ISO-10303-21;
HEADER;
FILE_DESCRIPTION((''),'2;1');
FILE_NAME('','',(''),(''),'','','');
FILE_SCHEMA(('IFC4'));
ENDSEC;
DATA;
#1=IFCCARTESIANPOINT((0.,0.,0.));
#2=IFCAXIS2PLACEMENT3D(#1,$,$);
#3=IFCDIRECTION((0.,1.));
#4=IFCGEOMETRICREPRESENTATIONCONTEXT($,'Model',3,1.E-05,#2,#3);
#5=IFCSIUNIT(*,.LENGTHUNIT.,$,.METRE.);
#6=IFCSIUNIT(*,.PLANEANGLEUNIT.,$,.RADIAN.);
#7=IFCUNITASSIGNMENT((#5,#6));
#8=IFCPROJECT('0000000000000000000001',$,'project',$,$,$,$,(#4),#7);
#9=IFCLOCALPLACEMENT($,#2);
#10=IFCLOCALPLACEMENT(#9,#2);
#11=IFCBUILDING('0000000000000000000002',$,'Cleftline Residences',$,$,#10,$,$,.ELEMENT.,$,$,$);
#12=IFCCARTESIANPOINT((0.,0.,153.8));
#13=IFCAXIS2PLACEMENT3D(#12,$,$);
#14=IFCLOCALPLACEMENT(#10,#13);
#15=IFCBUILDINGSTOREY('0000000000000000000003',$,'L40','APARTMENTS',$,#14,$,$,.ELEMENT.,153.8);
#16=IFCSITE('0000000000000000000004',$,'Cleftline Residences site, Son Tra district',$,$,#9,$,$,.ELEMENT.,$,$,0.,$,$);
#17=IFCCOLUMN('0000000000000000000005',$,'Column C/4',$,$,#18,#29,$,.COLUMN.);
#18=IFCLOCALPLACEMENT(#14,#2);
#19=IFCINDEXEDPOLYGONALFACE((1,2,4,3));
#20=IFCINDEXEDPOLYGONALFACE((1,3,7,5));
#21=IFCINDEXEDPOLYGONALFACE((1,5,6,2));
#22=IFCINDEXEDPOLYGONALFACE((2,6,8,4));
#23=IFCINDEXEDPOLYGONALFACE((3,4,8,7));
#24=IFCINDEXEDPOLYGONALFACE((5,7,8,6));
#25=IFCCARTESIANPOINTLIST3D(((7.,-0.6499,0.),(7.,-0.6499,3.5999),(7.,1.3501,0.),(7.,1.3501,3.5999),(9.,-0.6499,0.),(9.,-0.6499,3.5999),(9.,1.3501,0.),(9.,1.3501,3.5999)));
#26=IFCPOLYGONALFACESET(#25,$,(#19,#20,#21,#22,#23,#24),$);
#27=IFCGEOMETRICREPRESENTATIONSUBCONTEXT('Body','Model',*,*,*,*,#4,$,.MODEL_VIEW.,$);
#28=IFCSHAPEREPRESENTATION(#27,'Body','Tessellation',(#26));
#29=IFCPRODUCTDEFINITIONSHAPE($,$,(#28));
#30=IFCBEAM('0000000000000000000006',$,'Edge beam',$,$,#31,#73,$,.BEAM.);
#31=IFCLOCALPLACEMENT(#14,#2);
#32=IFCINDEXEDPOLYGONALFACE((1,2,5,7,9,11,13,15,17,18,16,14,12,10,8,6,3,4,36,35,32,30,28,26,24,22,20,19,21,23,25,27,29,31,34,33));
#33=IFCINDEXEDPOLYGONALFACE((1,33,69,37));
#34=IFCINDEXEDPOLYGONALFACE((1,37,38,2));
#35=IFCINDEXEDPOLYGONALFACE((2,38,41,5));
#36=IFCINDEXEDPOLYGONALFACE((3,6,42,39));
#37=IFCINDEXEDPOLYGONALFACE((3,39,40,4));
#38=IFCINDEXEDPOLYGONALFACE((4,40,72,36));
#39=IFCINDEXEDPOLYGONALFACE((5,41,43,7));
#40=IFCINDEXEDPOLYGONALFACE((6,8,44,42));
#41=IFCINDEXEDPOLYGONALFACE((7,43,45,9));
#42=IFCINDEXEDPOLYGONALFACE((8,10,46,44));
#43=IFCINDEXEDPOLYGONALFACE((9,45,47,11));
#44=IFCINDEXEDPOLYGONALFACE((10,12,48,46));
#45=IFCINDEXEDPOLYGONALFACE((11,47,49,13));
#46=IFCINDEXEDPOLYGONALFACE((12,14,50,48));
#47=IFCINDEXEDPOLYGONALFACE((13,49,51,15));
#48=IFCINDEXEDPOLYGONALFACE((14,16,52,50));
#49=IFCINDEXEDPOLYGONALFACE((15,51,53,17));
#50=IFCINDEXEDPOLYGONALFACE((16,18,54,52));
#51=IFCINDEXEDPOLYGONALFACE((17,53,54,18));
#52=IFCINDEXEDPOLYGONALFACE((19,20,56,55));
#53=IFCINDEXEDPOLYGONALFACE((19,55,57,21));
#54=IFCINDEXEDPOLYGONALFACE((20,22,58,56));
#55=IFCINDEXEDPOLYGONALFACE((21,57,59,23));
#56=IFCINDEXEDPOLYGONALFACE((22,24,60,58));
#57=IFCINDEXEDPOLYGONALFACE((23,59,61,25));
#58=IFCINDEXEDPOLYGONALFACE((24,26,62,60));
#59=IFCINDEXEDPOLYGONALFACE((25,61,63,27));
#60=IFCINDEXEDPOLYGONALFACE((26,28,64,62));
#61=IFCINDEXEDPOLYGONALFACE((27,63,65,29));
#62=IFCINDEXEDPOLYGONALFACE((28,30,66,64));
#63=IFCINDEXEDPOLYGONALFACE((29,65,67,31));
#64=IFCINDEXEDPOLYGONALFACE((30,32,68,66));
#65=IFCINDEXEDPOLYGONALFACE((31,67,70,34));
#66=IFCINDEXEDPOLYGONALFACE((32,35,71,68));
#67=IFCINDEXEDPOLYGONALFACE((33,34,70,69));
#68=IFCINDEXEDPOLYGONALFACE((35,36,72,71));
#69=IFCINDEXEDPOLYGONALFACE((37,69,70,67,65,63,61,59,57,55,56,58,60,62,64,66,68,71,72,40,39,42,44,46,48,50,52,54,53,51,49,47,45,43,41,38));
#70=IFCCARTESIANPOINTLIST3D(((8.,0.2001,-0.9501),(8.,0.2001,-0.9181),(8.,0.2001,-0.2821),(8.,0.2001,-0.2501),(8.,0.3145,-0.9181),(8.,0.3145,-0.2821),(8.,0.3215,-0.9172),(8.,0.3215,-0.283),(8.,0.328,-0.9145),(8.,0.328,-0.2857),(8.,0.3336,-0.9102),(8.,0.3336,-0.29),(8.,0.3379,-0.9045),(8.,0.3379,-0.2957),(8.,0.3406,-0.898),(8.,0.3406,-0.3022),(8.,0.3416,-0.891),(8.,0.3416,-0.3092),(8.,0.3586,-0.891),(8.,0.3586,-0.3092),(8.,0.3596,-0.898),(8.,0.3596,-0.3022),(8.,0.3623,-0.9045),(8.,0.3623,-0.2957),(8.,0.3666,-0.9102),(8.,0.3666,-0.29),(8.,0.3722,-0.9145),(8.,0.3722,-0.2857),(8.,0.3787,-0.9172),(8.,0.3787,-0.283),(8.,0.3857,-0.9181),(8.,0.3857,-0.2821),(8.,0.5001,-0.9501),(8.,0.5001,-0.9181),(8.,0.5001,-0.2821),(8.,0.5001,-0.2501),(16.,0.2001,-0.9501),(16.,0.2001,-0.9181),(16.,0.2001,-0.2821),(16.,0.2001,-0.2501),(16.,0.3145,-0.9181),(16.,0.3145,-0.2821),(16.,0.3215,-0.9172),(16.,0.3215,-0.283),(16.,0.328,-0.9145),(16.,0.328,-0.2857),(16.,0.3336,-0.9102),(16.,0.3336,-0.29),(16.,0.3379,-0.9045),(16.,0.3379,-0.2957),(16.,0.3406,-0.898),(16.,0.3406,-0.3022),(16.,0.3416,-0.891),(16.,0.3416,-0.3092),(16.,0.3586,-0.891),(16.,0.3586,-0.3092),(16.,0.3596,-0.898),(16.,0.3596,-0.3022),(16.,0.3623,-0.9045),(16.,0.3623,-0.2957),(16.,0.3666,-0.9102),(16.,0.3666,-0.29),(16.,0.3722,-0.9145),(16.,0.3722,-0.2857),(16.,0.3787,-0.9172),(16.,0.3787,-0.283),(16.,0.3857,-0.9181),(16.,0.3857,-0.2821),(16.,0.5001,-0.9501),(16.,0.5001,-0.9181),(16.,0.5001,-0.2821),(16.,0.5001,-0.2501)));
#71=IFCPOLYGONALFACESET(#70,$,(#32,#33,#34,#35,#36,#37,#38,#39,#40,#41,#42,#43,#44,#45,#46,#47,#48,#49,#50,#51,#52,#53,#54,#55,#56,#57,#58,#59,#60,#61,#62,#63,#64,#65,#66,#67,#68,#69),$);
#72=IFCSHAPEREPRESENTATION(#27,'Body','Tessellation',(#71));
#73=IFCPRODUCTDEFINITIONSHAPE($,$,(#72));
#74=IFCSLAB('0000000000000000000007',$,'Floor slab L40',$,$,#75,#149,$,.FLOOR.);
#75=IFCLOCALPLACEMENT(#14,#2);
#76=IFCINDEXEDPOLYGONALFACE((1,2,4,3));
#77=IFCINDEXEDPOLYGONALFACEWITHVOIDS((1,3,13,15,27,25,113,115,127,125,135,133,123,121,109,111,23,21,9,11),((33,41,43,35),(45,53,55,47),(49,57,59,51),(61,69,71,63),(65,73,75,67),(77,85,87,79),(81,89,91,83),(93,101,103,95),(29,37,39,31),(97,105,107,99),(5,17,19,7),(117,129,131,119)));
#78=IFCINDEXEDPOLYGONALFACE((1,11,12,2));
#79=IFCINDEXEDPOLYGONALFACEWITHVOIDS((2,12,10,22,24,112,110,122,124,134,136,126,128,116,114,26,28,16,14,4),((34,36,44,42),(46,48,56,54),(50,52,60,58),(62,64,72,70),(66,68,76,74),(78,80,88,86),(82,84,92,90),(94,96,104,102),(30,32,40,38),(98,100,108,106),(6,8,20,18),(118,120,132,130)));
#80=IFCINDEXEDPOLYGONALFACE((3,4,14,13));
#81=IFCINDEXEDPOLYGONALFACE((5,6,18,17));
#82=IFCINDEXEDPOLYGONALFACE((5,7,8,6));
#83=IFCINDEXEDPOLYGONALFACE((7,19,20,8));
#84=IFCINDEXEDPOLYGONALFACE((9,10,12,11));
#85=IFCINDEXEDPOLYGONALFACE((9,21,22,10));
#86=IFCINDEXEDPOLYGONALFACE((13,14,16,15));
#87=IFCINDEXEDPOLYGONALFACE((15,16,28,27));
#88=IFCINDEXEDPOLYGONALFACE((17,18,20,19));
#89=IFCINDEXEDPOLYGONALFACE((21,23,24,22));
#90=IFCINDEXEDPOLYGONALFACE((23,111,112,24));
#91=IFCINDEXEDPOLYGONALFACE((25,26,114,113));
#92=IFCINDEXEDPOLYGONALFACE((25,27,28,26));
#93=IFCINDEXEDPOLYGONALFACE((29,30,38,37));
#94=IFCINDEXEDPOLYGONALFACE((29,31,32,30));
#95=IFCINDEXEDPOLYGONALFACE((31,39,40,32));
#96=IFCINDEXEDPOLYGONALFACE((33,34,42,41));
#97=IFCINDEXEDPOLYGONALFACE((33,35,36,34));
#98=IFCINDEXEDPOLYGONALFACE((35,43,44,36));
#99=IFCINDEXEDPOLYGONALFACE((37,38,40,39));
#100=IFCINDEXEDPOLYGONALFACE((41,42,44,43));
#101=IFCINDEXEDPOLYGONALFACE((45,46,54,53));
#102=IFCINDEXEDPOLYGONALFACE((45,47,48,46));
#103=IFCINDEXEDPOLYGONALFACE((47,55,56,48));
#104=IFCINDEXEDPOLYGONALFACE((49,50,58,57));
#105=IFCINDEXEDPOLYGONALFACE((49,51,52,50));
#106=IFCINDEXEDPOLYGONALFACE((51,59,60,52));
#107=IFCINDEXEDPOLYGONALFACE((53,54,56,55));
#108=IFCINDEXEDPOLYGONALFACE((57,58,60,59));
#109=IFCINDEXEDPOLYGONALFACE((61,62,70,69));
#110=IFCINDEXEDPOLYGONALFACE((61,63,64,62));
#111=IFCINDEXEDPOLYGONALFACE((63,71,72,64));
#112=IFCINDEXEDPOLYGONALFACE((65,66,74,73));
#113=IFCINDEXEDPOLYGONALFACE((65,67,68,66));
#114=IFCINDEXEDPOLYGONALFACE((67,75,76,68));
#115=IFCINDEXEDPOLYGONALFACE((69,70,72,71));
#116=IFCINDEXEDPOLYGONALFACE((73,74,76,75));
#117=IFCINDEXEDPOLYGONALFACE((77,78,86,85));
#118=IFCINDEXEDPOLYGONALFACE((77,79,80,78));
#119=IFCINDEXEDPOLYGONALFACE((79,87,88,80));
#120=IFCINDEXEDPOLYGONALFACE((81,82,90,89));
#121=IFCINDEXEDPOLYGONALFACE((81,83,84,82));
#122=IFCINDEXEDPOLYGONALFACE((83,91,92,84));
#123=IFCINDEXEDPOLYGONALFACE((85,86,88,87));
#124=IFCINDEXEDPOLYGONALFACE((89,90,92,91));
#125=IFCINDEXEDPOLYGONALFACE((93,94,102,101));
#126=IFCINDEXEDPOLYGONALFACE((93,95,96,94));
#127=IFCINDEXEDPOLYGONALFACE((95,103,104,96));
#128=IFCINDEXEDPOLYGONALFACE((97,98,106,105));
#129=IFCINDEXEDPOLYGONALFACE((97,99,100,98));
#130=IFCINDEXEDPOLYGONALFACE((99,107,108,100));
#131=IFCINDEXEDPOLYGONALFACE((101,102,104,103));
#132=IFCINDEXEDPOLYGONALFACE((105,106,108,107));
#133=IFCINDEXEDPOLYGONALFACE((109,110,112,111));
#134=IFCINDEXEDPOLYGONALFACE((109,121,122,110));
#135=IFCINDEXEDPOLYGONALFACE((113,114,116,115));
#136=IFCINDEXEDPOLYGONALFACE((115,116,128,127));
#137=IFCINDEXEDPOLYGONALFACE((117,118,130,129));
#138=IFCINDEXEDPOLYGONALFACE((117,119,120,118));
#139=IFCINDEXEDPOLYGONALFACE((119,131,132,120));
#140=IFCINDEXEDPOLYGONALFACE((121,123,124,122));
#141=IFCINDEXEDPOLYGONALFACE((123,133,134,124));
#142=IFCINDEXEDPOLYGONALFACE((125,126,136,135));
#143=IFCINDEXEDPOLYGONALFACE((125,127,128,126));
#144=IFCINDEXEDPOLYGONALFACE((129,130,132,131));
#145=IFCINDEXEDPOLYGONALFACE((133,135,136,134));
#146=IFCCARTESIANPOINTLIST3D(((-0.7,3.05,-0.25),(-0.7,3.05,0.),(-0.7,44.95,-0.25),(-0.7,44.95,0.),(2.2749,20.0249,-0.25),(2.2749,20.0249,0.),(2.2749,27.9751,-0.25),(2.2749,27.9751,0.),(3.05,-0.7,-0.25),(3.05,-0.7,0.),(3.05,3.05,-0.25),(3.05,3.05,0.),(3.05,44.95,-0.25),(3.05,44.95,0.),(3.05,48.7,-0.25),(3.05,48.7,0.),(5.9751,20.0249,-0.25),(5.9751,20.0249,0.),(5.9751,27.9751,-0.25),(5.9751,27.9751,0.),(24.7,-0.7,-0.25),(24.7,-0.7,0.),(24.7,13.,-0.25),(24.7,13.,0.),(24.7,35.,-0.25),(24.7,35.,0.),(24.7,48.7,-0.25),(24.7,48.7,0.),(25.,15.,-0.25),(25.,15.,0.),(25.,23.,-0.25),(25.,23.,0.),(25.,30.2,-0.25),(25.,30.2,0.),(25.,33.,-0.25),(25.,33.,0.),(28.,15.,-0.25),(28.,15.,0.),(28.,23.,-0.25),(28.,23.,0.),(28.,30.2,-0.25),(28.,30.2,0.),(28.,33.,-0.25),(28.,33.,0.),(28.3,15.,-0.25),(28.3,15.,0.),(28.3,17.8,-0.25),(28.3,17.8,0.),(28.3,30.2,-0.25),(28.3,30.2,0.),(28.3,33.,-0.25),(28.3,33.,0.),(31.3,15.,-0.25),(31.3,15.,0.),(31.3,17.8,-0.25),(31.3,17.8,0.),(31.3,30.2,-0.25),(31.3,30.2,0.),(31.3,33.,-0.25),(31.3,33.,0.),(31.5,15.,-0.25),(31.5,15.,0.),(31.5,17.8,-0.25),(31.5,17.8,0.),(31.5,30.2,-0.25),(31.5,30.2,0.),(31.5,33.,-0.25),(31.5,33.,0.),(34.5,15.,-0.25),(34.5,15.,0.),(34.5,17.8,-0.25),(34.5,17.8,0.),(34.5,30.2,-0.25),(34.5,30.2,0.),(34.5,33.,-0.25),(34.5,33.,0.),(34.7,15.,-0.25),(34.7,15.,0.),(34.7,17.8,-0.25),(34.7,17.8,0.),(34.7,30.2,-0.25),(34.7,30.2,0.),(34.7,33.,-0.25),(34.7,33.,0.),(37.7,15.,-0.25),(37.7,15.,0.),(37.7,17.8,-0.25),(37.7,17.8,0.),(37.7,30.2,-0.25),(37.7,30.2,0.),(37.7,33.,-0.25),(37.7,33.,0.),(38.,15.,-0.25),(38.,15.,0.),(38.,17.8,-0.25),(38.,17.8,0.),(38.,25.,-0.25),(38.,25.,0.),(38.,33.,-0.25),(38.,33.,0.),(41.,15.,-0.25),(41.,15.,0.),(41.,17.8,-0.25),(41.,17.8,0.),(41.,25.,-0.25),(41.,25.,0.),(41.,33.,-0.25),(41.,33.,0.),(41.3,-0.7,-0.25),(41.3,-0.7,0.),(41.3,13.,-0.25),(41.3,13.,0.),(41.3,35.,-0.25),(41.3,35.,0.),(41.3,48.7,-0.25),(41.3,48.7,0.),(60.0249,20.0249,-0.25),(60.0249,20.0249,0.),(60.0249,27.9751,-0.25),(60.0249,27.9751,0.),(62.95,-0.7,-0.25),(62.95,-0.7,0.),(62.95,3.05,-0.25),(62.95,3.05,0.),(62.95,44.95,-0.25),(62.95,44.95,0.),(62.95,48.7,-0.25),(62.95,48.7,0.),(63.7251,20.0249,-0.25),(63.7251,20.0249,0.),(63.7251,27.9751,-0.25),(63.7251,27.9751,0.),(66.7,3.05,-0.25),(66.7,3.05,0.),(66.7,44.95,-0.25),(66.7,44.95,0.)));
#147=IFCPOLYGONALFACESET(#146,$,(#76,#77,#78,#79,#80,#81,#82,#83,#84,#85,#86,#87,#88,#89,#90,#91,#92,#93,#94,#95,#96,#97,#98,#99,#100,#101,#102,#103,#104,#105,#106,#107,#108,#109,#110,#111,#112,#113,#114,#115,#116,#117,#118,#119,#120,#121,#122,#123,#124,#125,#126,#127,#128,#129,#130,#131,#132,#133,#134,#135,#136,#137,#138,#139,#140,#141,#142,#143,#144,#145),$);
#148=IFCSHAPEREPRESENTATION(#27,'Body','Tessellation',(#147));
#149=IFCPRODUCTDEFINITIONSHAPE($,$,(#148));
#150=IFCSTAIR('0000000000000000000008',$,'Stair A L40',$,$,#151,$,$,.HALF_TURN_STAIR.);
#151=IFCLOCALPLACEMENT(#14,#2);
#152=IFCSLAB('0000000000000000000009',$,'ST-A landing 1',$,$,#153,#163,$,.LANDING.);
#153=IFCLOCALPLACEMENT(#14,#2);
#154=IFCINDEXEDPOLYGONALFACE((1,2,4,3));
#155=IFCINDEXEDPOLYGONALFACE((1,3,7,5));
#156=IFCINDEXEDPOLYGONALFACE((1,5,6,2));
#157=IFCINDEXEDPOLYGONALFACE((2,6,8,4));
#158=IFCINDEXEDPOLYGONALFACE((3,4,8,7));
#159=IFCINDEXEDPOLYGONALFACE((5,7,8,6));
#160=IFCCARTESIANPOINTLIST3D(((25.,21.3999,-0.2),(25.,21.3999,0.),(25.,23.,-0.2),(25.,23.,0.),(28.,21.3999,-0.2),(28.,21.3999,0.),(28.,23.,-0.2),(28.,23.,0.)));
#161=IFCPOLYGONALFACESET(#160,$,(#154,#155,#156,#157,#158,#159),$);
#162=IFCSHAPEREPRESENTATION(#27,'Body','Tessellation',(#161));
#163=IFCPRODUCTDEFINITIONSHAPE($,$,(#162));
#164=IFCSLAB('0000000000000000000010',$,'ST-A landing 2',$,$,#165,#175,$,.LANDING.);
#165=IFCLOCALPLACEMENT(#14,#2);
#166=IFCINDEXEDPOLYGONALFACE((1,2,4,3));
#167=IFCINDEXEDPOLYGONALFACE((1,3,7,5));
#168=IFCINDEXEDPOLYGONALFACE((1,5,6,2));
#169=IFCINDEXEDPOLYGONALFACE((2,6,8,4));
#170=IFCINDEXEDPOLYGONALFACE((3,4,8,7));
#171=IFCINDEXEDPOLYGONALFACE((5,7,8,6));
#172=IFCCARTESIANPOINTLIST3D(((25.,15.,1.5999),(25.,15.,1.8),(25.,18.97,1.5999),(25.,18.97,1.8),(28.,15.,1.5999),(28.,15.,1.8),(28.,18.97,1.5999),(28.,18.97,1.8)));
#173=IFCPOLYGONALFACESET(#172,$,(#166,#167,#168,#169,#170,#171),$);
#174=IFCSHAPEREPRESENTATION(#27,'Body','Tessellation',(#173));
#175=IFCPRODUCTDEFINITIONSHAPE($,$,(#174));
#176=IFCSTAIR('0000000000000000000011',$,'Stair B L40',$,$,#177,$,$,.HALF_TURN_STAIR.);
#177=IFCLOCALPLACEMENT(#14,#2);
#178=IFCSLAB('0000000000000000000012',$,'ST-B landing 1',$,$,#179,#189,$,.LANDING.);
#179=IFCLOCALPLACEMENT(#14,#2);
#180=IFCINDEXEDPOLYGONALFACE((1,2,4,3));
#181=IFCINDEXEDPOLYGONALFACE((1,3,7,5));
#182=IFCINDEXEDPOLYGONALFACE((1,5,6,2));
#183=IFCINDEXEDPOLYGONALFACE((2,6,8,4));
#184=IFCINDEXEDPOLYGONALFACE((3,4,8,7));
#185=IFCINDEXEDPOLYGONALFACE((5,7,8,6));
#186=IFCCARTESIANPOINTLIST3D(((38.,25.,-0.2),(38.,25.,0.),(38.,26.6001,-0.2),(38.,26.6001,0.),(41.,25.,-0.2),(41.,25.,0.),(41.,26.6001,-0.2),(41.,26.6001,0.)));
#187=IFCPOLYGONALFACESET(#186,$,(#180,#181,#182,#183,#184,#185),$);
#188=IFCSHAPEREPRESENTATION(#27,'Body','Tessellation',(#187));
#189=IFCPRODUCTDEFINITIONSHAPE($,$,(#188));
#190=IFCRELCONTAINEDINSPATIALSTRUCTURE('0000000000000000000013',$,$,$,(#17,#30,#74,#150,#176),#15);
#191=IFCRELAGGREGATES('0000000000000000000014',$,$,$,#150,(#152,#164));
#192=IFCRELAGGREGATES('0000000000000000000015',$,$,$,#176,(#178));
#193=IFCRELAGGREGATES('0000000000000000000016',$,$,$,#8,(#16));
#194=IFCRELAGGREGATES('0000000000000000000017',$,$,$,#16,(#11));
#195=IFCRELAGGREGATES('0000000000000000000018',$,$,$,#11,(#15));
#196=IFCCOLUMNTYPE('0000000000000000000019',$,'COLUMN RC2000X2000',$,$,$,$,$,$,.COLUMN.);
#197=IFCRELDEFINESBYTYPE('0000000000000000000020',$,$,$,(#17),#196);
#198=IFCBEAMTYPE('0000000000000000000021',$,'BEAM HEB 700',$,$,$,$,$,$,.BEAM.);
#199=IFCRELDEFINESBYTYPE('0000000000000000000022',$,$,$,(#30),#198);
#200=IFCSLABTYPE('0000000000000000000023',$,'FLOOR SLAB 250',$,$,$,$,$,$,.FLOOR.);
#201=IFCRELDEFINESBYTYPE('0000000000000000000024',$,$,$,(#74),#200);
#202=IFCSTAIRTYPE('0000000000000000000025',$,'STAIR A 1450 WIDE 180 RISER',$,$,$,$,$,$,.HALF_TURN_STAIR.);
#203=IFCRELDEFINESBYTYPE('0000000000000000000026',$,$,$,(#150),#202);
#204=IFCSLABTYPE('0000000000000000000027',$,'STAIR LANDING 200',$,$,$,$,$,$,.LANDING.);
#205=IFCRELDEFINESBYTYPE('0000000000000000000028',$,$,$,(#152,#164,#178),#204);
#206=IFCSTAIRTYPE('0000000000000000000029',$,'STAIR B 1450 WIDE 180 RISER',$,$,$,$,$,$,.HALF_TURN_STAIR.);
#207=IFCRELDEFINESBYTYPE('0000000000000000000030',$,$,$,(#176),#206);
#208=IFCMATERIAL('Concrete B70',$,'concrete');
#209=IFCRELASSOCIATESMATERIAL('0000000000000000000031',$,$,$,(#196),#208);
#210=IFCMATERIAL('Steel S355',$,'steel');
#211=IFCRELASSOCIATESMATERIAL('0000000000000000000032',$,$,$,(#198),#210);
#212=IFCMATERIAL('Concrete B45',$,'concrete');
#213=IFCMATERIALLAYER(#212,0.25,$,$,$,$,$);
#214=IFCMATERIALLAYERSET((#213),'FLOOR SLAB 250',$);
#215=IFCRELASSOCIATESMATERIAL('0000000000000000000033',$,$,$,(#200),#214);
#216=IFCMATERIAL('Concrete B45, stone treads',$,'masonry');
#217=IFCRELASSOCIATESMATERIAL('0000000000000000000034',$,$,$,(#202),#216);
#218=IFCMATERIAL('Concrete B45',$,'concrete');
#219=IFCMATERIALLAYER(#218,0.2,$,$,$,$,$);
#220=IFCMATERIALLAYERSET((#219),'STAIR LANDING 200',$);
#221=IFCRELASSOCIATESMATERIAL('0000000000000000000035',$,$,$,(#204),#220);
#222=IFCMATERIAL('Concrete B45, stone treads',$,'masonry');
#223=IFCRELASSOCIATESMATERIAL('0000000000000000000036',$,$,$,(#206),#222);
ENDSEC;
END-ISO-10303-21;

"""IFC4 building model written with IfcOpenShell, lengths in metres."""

from ifc_helpers import new_model, si_unit, direction, frame, origin, origin_2d, place, context, subcontext, project, spatial, polyline, rectangle, i_section, outline, extrude, material, layer, layer_set, material_profile, profile_set, type_object, element, aggregate, save


model = new_model("IFC4")

# Units and contexts
model_context = context("Model", 3, precision=1e-05, world=origin(), true_north=direction((0.0, 1.0)))
body_context = subcontext(model_context, "Body", "Model", "MODEL_VIEW")
ifc_project = project(units=[si_unit("LENGTHUNIT", "METRE"), si_unit("PLANEANGLEUNIT", "RADIAN")], contexts=[model_context])

# Site, building, storey
site_placement = place(None, origin())
site = spatial("IfcSite", under=ifc_project, at=site_placement, Name="Cleftline Residences site, Son Tra district", CompositionType="ELEMENT", RefElevation=0.0)
building_placement = place(site_placement, origin())
building = spatial("IfcBuilding", under=site, at=building_placement, Name="Cleftline Residences", CompositionType="ELEMENT")
storey_placement = place(building_placement, frame((0.0, 0.0, 153.8)))
storey = spatial("IfcBuildingStorey", under=building, at=storey_placement, Name="L40", Description="APARTMENTS", CompositionType="ELEMENT", Elevation=153.8)

# Column
ifc_material_1 = material(Name="Concrete B70", Category="concrete")
ifc_material_profile_1 = material_profile(ifc_material_1, rectangle(XDim=2.0, YDim=2.0, at=origin_2d()))
ifc_profile_set_1 = profile_set([ifc_material_profile_1], Name="Concrete B70")
column_type = type_object("IfcColumnType", Name="COLUMN RC2000X2000", PredefinedType="COLUMN", material=ifc_profile_set_1)
column_placement = place(storey_placement, frame((8.0, 0.3501, 0.0), z_axis=(0.0, 0.0, 1.0), x_axis=(1.0, 0.0, 0.0)))
element("IfcColumn", 1, at=column_placement, inside=storey, type_object=column_type, Name="Column C/4", PredefinedType="COLUMN", context=body_context, shape_type="SweptSolid", body=[
    extrude(rectangle(XDim=2.0, YDim=2.0, at=origin_2d()), origin(), (0.0, 0.0, 1.0), 3.5999),
])

# Beam
ifc_material_2 = material(Name="Steel S355", Category="steel")
ifc_material_profile_2 = material_profile(ifc_material_2, i_section(OverallWidth=0.3, OverallDepth=0.7, WebThickness=0.0171, FlangeThickness=0.032, FilletRadius=0.0271, at=origin_2d()))
ifc_profile_set_2 = profile_set([ifc_material_profile_2], Name="Steel S355")
beam_type = type_object("IfcBeamType", Name="BEAM HEB 700", PredefinedType="BEAM", material=ifc_profile_set_2)
beam_placement = place(storey_placement, frame((8.0, 0.3501, -0.6001), z_axis=(1.0, 0.0, 0.0), x_axis=(0.0, 1.0, 0.0)))
element("IfcBeam", 2, at=beam_placement, inside=storey, type_object=beam_type, Name="Edge beam", PredefinedType="BEAM", context=body_context, shape_type="SweptSolid", body=[
    extrude(i_section(OverallWidth=0.3, OverallDepth=0.7, WebThickness=0.0171, FlangeThickness=0.032, FilletRadius=0.0271, at=origin_2d()), origin(), (0.0, 0.0, 1.0), 8.0),
])

# Slab
ifc_material_3 = material(Name="Concrete B45", Category="concrete")
ifc_layer_1 = layer(ifc_material_3, 0.25)
ifc_layer_set_1 = layer_set([ifc_layer_1], Name="FLOOR SLAB 250")
slab_type_1 = type_object("IfcSlabType", Name="FLOOR SLAB 250", PredefinedType="FLOOR", material=ifc_layer_set_1)
slab_1_placement = place(storey_placement, frame((0.0, 0.0, -0.25)))
element("IfcSlab", 3, at=slab_1_placement, inside=storey, type_object=slab_type_1, Name="Floor slab L40", PredefinedType="FLOOR", context=body_context, shape_type="SweptSolid", body=[
    extrude(outline(polyline([(24.7, 13.0), (41.3, 13.0), (41.3, -0.7), (62.95, -0.7), (62.95, 3.05), (66.7, 3.05), (66.7, 44.95), (62.95, 44.95), (62.95, 48.7), (41.3, 48.7), (41.3, 35.0), (24.7, 35.0), (24.7, 48.7), (3.05, 48.7), (3.05, 44.95), (-0.7, 44.95), (-0.7, 3.05), (3.05, 3.05), (3.05, -0.7), (24.7, -0.7), (24.7, 13.0)]), holes=[polyline([(28.0, 15.0), (28.0, 23.0), (25.0, 23.0), (25.0, 15.0), (28.0, 15.0)]), polyline([(41.0, 25.0), (41.0, 33.0), (38.0, 33.0), (38.0, 25.0), (41.0, 25.0)]), polyline([(28.0, 30.2), (28.0, 33.0), (25.0, 33.0), (25.0, 30.2), (28.0, 30.2)]), polyline([(41.0, 15.0), (41.0, 17.8), (38.0, 17.8), (38.0, 15.0), (41.0, 15.0)]), polyline([(31.3, 15.0), (31.3, 17.8), (28.3, 17.8), (28.3, 15.0), (31.3, 15.0)]), polyline([(34.5, 15.0), (34.5, 17.8), (31.5, 17.8), (31.5, 15.0), (34.5, 15.0)]), polyline([(37.7, 15.0), (37.7, 17.8), (34.7, 17.8), (34.7, 15.0), (37.7, 15.0)]), polyline([(31.3, 30.2), (31.3, 33.0), (28.3, 33.0), (28.3, 30.2), (31.3, 30.2)]), polyline([(34.5, 30.2), (34.5, 33.0), (31.5, 33.0), (31.5, 30.2), (34.5, 30.2)]), polyline([(37.7, 30.2), (37.7, 33.0), (34.7, 33.0), (34.7, 30.2), (37.7, 30.2)]), polyline([(63.7251, 20.0249), (63.7251, 27.9751), (60.0249, 27.9751), (60.0249, 20.0249), (63.7251, 20.0249)]), polyline([(5.9751, 20.0249), (5.9751, 27.9751), (2.2749, 27.9751), (2.2749, 20.0249), (5.9751, 20.0249)])]), origin(), (0.0, 0.0, 1.0), 0.25),
])

# Stairs, slabs
ifc_material_4 = material(Name="Concrete B45, stone treads", Category="masonry")
stair_type_1 = type_object("IfcStairType", Name="STAIR A 1450 WIDE 180 RISER", PredefinedType="HALF_TURN_STAIR", material=ifc_material_4)
stair_1_placement = place(storey_placement, origin())
stair_1 = element("IfcStair", 4, at=stair_1_placement, inside=storey, type_object=stair_type_1, Name="Stair A L40", PredefinedType="HALF_TURN_STAIR")
ifc_material_5 = material(Name="Concrete B45", Category="concrete")
ifc_layer_2 = layer(ifc_material_5, 0.2)
ifc_layer_set_2 = layer_set([ifc_layer_2], Name="STAIR LANDING 200")
slab_type_2 = type_object("IfcSlabType", Name="STAIR LANDING 200", PredefinedType="LANDING", material=ifc_layer_set_2)
slab_2_placement = place(storey_placement, frame((0.0, 0.0, -0.2)))
slab_2 = element("IfcSlab", 5, at=slab_2_placement, type_object=slab_type_2, Name="ST-A landing 1", PredefinedType="LANDING", context=body_context, shape_type="SweptSolid", body=[
    extrude(outline(polyline([(25.0, 21.3999), (28.0, 21.3999), (28.0, 23.0), (25.0, 23.0), (25.0, 21.3999)])), origin(), (0.0, 0.0, 1.0), 0.2),
])
slab_3_placement = place(storey_placement, frame((0.0, 0.0, 1.5999)))
slab_3 = element("IfcSlab", 6, at=slab_3_placement, type_object=slab_type_2, Name="ST-A landing 2", PredefinedType="LANDING", context=body_context, shape_type="SweptSolid", body=[
    extrude(outline(polyline([(25.0, 15.0), (28.0, 15.0), (28.0, 18.97), (25.0, 18.97), (25.0, 15.0)])), origin(), (0.0, 0.0, 1.0), 0.2002),
])
aggregate(stair_1, [slab_2, slab_3])
ifc_material_6 = material(Name="Concrete B45, stone treads", Category="masonry")
stair_type_2 = type_object("IfcStairType", Name="STAIR B 1450 WIDE 180 RISER", PredefinedType="HALF_TURN_STAIR", material=ifc_material_6)
stair_2_placement = place(storey_placement, origin())
stair_2 = element("IfcStair", 7, at=stair_2_placement, inside=storey, type_object=stair_type_2, Name="Stair B L40", PredefinedType="HALF_TURN_STAIR")
slab_4_placement = place(storey_placement, frame((0.0, 0.0, -0.2)))
slab_4 = element("IfcSlab", 8, at=slab_4_placement, type_object=slab_type_2, Name="ST-B landing 1", PredefinedType="LANDING", context=body_context, shape_type="SweptSolid", body=[
    extrude(outline(polyline([(38.0, 25.0), (41.0, 25.0), (41.0, 26.6001), (38.0, 26.6001), (38.0, 25.0)])), origin(), (0.0, 0.0, 1.0), 0.2),
])
aggregate(stair_2, [slab_4])

save(model, "model.ifc")
